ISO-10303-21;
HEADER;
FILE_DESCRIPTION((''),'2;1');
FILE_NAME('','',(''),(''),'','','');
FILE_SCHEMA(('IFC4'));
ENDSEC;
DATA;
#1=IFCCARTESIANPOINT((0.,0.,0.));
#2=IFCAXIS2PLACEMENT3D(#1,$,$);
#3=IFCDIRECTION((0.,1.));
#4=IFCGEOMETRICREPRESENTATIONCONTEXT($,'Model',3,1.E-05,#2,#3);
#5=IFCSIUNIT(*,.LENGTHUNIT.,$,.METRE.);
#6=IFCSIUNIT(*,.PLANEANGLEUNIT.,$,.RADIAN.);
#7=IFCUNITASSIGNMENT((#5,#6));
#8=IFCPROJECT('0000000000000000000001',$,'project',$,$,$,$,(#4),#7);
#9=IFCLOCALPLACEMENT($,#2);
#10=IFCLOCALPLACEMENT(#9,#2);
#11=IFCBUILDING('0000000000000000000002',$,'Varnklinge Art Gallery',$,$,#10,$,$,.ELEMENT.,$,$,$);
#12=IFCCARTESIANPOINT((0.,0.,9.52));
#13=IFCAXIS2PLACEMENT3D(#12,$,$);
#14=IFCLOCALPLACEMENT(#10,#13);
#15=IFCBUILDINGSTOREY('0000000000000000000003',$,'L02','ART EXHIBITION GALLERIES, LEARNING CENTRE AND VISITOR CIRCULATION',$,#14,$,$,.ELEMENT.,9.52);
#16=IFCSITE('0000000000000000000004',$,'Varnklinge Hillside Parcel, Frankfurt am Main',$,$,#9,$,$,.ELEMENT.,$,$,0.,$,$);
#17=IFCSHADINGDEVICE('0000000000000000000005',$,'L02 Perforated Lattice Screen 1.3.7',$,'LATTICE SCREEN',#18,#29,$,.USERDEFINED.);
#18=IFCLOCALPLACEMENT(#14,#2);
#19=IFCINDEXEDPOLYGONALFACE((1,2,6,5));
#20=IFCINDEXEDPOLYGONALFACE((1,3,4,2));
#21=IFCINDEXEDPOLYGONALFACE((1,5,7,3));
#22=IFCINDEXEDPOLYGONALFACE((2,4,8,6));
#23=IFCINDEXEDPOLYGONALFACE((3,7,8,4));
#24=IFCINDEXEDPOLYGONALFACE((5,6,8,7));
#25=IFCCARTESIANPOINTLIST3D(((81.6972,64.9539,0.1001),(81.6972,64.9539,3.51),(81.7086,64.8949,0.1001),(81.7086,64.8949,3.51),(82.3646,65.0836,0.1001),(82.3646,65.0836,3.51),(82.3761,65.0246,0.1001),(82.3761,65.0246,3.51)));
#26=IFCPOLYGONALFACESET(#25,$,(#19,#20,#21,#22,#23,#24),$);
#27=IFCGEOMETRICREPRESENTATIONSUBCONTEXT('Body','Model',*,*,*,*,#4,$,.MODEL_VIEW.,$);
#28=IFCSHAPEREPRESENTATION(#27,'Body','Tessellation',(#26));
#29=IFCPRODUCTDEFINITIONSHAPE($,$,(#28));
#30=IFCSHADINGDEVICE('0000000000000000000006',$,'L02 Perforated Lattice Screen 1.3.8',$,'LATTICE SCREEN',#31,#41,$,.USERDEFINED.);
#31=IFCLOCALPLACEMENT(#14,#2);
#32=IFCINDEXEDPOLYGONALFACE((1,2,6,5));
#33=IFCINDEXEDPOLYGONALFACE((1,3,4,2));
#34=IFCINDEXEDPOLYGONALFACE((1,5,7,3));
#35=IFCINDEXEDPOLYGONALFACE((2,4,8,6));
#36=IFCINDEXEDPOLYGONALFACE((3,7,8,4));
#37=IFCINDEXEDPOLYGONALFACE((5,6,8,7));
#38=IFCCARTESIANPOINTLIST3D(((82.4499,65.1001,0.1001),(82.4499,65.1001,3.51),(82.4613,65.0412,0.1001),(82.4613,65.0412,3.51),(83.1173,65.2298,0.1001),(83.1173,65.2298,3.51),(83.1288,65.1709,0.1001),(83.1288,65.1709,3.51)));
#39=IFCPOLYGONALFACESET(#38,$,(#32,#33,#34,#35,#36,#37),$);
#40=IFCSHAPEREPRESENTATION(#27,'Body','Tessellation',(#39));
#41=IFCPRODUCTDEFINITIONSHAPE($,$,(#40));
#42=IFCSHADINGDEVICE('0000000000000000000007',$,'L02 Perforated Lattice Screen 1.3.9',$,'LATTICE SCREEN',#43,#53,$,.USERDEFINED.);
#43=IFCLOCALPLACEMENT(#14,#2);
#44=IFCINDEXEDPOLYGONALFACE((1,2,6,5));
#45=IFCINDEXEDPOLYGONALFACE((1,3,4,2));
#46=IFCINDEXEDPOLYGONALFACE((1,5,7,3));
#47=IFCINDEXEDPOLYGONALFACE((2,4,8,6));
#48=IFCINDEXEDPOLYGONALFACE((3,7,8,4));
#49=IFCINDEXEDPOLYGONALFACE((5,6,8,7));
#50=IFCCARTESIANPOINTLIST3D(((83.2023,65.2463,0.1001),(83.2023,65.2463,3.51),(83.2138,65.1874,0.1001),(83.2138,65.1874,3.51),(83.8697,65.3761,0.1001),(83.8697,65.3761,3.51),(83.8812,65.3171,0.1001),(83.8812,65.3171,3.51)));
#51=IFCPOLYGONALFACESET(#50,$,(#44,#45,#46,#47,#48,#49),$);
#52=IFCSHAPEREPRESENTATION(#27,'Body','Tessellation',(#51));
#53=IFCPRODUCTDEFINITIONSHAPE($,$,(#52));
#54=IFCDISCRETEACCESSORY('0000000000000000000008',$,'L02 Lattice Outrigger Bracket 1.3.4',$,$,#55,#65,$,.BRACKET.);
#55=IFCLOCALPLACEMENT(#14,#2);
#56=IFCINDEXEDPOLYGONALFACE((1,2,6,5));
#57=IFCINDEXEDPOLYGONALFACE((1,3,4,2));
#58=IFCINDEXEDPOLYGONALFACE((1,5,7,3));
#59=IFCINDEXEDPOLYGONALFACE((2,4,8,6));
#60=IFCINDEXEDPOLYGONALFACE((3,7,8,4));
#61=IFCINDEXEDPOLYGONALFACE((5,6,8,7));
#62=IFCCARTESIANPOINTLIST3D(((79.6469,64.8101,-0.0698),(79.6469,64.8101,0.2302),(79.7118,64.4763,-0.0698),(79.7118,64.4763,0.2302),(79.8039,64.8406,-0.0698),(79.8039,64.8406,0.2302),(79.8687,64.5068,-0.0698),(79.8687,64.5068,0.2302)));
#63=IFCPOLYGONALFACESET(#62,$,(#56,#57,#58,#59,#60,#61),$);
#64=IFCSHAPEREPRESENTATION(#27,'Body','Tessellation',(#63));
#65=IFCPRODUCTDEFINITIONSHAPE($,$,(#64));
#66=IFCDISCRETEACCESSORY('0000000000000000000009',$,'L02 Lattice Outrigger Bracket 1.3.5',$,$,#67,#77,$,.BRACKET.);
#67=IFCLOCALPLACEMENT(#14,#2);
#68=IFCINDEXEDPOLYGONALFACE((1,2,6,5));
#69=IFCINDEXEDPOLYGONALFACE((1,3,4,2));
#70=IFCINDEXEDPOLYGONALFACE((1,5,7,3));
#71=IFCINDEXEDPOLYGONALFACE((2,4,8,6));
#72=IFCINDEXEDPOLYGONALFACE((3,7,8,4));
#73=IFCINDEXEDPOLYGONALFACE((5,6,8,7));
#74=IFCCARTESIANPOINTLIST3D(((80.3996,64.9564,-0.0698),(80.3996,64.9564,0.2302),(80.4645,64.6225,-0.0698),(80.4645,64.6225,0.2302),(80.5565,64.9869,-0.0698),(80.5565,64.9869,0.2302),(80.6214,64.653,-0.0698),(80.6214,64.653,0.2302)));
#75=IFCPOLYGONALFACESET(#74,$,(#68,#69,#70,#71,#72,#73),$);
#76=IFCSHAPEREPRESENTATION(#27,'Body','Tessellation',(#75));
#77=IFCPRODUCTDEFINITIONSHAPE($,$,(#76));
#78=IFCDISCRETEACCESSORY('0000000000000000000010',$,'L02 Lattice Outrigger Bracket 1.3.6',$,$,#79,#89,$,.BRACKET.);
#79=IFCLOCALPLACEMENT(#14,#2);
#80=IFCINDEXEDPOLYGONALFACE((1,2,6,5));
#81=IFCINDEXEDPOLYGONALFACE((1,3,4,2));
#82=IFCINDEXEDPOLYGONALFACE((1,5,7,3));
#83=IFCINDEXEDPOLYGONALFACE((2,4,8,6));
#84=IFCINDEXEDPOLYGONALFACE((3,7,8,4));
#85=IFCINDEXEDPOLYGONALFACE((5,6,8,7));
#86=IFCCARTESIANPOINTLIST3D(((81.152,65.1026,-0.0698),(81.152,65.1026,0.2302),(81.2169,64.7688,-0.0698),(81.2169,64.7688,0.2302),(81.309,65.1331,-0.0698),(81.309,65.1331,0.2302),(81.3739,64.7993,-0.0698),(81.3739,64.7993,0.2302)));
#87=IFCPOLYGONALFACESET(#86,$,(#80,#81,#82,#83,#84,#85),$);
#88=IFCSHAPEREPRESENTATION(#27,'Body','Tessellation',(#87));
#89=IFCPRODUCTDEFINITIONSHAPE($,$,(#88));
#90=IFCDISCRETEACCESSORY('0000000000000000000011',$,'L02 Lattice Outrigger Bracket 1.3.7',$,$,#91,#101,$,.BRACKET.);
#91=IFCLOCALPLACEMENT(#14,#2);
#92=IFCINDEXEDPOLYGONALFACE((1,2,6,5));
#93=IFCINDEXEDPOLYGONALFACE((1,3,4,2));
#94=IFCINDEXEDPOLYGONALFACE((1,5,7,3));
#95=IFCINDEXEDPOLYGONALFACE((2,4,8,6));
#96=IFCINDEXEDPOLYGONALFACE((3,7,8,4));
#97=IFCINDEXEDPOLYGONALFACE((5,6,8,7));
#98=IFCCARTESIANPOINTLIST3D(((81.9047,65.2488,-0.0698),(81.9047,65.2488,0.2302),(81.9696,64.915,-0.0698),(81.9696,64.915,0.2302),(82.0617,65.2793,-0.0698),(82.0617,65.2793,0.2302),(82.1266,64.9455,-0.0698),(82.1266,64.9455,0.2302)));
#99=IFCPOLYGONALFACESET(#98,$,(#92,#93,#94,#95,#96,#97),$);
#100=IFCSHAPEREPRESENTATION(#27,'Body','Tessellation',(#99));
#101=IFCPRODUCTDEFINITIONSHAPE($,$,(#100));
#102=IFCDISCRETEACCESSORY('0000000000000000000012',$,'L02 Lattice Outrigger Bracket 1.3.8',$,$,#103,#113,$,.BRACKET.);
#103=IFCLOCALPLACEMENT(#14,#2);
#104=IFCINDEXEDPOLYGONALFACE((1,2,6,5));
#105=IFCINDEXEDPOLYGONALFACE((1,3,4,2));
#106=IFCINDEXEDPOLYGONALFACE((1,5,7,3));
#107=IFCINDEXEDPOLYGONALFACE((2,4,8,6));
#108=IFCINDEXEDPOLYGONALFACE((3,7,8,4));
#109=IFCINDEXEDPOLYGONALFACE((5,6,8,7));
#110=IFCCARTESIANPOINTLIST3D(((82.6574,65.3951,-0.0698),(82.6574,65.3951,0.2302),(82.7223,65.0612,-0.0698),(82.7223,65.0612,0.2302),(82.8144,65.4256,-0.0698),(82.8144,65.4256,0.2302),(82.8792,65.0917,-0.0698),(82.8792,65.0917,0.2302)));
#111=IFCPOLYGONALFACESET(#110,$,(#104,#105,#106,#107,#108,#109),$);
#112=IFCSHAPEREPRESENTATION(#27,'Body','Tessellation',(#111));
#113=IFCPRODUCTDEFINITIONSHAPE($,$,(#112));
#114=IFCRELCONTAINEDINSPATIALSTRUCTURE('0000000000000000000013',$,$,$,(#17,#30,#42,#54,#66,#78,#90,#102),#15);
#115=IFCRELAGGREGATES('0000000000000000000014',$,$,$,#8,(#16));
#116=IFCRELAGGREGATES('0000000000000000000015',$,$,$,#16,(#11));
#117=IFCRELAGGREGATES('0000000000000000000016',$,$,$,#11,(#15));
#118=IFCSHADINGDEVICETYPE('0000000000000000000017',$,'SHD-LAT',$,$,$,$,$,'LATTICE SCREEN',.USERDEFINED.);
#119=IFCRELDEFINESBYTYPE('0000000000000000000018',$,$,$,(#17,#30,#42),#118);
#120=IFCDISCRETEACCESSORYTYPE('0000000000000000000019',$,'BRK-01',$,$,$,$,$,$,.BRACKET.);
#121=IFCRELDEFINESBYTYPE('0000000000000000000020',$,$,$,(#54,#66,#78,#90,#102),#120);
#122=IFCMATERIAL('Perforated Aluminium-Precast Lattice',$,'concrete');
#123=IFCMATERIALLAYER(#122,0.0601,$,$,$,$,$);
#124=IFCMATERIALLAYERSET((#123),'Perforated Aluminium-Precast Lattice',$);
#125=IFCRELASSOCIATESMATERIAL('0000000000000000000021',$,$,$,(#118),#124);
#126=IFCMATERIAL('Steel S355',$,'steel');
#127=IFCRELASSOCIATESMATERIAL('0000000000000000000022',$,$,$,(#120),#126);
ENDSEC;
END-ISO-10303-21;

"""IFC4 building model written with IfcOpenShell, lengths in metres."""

from ifc_helpers import new_model, si_unit, direction, frame, origin, origin_2d, place, context, subcontext, project, spatial, rectangle, extrude, material, layer, layer_set, type_object, element, save


model = new_model("IFC4")

# Units and contexts
model_context = context("Model", 3, precision=1e-05, world=origin(), true_north=direction((0.0, 1.0)))
body_context = subcontext(model_context, "Body", "Model", "MODEL_VIEW")
ifc_project = project(units=[si_unit("LENGTHUNIT", "METRE"), si_unit("PLANEANGLEUNIT", "RADIAN")], contexts=[model_context])

# Site, building, storey
site_placement = place(None, origin())
site = spatial("IfcSite", under=ifc_project, at=site_placement, Name="Varnklinge Hillside Parcel, Frankfurt am Main", CompositionType="ELEMENT", RefElevation=0.0)
building_placement = place(site_placement, origin())
building = spatial("IfcBuilding", under=site, at=building_placement, Name="Varnklinge Art Gallery", CompositionType="ELEMENT")
storey_placement = place(building_placement, frame((0.0, 0.0, 9.52)))
storey = spatial("IfcBuildingStorey", under=building, at=storey_placement, Name="L02", Description="ART EXHIBITION GALLERIES, LEARNING CENTRE AND VISITOR CIRCULATION", CompositionType="ELEMENT", Elevation=9.52)

# Shading devices
ifc_material_1 = material(Name="Perforated Aluminium-Precast Lattice", Category="concrete")
ifc_layer_1 = layer(ifc_material_1, 0.0601)
ifc_layer_set_1 = layer_set([ifc_layer_1], Name="Perforated Aluminium-Precast Lattice")
shading_device_type = type_object("IfcShadingDeviceType", Name="SHD-LAT", ElementType="LATTICE SCREEN", PredefinedType="USERDEFINED", material=ifc_layer_set_1)
for number, where, z_axis, x_axis, name in (
    (1, (82.0366, 64.9893, 0.1001), (0.0, 0.0, 1.0), (0.981627, 0.190809, 0.0), "L02 Perforated Lattice Screen 1.3.7"),
    (2, (82.7893, 65.1355, 0.1001), (0.0, 0.0, 1.0), (0.981627, 0.190809, 0.0), "L02 Perforated Lattice Screen 1.3.8"),
    (3, (83.5417, 65.2817, 0.1001), (0.0, 0.0, 1.0), (0.981627, 0.190809, 0.0), "L02 Perforated Lattice Screen 1.3.9"),
):
    element("IfcShadingDevice", number, at=place(storey_placement, frame(where, z_axis=z_axis, x_axis=x_axis)), inside=storey, type_object=shading_device_type, Name=name, ObjectType="LATTICE SCREEN", PredefinedType="USERDEFINED", context=body_context, shape_type="SweptSolid", body=[
        extrude(rectangle(XDim=0.6799, YDim=0.0601, at=origin_2d()), origin(), (0.0, 0.0, 1.0), 3.4099),
    ])

# Discrete accessories
ifc_material_2 = material(Name="Steel S355", Category="steel")
discrete_accessory_type = type_object("IfcDiscreteAccessoryType", Name="BRK-01", PredefinedType="BRACKET", material=ifc_material_2)
for number, where, z_axis, x_axis, name in (
    (4, (79.7578, 64.6584, -0.0698), (0.0, 0.0, 1.0), (0.981627, 0.190809, 0.0), "L02 Lattice Outrigger Bracket 1.3.4"),
    (5, (80.5105, 64.8047, -0.0698), (0.0, 0.0, 1.0), (0.981627, 0.190809, 0.0), "L02 Lattice Outrigger Bracket 1.3.5"),
    (6, (81.2629, 64.9509, -0.0698), (0.0, 0.0, 1.0), (0.981627, 0.190809, 0.0), "L02 Lattice Outrigger Bracket 1.3.6"),
    (7, (82.0156, 65.0972, -0.0698), (0.0, 0.0, 1.0), (0.981627, 0.190809, 0.0), "L02 Lattice Outrigger Bracket 1.3.7"),
    (8, (82.7683, 65.2434, -0.0698), (0.0, 0.0, 1.0), (0.981627, 0.190809, 0.0), "L02 Lattice Outrigger Bracket 1.3.8"),
):
    element("IfcDiscreteAccessory", number, at=place(storey_placement, frame(where, z_axis=z_axis, x_axis=x_axis)), inside=storey, type_object=discrete_accessory_type, Name=name, PredefinedType="BRACKET", context=body_context, shape_type="SweptSolid", body=[
        extrude(rectangle(XDim=0.1599, YDim=0.3401, at=origin_2d()), origin(), (0.0, 0.0, 1.0), 0.3),
    ])

save(model, "model.ifc")
